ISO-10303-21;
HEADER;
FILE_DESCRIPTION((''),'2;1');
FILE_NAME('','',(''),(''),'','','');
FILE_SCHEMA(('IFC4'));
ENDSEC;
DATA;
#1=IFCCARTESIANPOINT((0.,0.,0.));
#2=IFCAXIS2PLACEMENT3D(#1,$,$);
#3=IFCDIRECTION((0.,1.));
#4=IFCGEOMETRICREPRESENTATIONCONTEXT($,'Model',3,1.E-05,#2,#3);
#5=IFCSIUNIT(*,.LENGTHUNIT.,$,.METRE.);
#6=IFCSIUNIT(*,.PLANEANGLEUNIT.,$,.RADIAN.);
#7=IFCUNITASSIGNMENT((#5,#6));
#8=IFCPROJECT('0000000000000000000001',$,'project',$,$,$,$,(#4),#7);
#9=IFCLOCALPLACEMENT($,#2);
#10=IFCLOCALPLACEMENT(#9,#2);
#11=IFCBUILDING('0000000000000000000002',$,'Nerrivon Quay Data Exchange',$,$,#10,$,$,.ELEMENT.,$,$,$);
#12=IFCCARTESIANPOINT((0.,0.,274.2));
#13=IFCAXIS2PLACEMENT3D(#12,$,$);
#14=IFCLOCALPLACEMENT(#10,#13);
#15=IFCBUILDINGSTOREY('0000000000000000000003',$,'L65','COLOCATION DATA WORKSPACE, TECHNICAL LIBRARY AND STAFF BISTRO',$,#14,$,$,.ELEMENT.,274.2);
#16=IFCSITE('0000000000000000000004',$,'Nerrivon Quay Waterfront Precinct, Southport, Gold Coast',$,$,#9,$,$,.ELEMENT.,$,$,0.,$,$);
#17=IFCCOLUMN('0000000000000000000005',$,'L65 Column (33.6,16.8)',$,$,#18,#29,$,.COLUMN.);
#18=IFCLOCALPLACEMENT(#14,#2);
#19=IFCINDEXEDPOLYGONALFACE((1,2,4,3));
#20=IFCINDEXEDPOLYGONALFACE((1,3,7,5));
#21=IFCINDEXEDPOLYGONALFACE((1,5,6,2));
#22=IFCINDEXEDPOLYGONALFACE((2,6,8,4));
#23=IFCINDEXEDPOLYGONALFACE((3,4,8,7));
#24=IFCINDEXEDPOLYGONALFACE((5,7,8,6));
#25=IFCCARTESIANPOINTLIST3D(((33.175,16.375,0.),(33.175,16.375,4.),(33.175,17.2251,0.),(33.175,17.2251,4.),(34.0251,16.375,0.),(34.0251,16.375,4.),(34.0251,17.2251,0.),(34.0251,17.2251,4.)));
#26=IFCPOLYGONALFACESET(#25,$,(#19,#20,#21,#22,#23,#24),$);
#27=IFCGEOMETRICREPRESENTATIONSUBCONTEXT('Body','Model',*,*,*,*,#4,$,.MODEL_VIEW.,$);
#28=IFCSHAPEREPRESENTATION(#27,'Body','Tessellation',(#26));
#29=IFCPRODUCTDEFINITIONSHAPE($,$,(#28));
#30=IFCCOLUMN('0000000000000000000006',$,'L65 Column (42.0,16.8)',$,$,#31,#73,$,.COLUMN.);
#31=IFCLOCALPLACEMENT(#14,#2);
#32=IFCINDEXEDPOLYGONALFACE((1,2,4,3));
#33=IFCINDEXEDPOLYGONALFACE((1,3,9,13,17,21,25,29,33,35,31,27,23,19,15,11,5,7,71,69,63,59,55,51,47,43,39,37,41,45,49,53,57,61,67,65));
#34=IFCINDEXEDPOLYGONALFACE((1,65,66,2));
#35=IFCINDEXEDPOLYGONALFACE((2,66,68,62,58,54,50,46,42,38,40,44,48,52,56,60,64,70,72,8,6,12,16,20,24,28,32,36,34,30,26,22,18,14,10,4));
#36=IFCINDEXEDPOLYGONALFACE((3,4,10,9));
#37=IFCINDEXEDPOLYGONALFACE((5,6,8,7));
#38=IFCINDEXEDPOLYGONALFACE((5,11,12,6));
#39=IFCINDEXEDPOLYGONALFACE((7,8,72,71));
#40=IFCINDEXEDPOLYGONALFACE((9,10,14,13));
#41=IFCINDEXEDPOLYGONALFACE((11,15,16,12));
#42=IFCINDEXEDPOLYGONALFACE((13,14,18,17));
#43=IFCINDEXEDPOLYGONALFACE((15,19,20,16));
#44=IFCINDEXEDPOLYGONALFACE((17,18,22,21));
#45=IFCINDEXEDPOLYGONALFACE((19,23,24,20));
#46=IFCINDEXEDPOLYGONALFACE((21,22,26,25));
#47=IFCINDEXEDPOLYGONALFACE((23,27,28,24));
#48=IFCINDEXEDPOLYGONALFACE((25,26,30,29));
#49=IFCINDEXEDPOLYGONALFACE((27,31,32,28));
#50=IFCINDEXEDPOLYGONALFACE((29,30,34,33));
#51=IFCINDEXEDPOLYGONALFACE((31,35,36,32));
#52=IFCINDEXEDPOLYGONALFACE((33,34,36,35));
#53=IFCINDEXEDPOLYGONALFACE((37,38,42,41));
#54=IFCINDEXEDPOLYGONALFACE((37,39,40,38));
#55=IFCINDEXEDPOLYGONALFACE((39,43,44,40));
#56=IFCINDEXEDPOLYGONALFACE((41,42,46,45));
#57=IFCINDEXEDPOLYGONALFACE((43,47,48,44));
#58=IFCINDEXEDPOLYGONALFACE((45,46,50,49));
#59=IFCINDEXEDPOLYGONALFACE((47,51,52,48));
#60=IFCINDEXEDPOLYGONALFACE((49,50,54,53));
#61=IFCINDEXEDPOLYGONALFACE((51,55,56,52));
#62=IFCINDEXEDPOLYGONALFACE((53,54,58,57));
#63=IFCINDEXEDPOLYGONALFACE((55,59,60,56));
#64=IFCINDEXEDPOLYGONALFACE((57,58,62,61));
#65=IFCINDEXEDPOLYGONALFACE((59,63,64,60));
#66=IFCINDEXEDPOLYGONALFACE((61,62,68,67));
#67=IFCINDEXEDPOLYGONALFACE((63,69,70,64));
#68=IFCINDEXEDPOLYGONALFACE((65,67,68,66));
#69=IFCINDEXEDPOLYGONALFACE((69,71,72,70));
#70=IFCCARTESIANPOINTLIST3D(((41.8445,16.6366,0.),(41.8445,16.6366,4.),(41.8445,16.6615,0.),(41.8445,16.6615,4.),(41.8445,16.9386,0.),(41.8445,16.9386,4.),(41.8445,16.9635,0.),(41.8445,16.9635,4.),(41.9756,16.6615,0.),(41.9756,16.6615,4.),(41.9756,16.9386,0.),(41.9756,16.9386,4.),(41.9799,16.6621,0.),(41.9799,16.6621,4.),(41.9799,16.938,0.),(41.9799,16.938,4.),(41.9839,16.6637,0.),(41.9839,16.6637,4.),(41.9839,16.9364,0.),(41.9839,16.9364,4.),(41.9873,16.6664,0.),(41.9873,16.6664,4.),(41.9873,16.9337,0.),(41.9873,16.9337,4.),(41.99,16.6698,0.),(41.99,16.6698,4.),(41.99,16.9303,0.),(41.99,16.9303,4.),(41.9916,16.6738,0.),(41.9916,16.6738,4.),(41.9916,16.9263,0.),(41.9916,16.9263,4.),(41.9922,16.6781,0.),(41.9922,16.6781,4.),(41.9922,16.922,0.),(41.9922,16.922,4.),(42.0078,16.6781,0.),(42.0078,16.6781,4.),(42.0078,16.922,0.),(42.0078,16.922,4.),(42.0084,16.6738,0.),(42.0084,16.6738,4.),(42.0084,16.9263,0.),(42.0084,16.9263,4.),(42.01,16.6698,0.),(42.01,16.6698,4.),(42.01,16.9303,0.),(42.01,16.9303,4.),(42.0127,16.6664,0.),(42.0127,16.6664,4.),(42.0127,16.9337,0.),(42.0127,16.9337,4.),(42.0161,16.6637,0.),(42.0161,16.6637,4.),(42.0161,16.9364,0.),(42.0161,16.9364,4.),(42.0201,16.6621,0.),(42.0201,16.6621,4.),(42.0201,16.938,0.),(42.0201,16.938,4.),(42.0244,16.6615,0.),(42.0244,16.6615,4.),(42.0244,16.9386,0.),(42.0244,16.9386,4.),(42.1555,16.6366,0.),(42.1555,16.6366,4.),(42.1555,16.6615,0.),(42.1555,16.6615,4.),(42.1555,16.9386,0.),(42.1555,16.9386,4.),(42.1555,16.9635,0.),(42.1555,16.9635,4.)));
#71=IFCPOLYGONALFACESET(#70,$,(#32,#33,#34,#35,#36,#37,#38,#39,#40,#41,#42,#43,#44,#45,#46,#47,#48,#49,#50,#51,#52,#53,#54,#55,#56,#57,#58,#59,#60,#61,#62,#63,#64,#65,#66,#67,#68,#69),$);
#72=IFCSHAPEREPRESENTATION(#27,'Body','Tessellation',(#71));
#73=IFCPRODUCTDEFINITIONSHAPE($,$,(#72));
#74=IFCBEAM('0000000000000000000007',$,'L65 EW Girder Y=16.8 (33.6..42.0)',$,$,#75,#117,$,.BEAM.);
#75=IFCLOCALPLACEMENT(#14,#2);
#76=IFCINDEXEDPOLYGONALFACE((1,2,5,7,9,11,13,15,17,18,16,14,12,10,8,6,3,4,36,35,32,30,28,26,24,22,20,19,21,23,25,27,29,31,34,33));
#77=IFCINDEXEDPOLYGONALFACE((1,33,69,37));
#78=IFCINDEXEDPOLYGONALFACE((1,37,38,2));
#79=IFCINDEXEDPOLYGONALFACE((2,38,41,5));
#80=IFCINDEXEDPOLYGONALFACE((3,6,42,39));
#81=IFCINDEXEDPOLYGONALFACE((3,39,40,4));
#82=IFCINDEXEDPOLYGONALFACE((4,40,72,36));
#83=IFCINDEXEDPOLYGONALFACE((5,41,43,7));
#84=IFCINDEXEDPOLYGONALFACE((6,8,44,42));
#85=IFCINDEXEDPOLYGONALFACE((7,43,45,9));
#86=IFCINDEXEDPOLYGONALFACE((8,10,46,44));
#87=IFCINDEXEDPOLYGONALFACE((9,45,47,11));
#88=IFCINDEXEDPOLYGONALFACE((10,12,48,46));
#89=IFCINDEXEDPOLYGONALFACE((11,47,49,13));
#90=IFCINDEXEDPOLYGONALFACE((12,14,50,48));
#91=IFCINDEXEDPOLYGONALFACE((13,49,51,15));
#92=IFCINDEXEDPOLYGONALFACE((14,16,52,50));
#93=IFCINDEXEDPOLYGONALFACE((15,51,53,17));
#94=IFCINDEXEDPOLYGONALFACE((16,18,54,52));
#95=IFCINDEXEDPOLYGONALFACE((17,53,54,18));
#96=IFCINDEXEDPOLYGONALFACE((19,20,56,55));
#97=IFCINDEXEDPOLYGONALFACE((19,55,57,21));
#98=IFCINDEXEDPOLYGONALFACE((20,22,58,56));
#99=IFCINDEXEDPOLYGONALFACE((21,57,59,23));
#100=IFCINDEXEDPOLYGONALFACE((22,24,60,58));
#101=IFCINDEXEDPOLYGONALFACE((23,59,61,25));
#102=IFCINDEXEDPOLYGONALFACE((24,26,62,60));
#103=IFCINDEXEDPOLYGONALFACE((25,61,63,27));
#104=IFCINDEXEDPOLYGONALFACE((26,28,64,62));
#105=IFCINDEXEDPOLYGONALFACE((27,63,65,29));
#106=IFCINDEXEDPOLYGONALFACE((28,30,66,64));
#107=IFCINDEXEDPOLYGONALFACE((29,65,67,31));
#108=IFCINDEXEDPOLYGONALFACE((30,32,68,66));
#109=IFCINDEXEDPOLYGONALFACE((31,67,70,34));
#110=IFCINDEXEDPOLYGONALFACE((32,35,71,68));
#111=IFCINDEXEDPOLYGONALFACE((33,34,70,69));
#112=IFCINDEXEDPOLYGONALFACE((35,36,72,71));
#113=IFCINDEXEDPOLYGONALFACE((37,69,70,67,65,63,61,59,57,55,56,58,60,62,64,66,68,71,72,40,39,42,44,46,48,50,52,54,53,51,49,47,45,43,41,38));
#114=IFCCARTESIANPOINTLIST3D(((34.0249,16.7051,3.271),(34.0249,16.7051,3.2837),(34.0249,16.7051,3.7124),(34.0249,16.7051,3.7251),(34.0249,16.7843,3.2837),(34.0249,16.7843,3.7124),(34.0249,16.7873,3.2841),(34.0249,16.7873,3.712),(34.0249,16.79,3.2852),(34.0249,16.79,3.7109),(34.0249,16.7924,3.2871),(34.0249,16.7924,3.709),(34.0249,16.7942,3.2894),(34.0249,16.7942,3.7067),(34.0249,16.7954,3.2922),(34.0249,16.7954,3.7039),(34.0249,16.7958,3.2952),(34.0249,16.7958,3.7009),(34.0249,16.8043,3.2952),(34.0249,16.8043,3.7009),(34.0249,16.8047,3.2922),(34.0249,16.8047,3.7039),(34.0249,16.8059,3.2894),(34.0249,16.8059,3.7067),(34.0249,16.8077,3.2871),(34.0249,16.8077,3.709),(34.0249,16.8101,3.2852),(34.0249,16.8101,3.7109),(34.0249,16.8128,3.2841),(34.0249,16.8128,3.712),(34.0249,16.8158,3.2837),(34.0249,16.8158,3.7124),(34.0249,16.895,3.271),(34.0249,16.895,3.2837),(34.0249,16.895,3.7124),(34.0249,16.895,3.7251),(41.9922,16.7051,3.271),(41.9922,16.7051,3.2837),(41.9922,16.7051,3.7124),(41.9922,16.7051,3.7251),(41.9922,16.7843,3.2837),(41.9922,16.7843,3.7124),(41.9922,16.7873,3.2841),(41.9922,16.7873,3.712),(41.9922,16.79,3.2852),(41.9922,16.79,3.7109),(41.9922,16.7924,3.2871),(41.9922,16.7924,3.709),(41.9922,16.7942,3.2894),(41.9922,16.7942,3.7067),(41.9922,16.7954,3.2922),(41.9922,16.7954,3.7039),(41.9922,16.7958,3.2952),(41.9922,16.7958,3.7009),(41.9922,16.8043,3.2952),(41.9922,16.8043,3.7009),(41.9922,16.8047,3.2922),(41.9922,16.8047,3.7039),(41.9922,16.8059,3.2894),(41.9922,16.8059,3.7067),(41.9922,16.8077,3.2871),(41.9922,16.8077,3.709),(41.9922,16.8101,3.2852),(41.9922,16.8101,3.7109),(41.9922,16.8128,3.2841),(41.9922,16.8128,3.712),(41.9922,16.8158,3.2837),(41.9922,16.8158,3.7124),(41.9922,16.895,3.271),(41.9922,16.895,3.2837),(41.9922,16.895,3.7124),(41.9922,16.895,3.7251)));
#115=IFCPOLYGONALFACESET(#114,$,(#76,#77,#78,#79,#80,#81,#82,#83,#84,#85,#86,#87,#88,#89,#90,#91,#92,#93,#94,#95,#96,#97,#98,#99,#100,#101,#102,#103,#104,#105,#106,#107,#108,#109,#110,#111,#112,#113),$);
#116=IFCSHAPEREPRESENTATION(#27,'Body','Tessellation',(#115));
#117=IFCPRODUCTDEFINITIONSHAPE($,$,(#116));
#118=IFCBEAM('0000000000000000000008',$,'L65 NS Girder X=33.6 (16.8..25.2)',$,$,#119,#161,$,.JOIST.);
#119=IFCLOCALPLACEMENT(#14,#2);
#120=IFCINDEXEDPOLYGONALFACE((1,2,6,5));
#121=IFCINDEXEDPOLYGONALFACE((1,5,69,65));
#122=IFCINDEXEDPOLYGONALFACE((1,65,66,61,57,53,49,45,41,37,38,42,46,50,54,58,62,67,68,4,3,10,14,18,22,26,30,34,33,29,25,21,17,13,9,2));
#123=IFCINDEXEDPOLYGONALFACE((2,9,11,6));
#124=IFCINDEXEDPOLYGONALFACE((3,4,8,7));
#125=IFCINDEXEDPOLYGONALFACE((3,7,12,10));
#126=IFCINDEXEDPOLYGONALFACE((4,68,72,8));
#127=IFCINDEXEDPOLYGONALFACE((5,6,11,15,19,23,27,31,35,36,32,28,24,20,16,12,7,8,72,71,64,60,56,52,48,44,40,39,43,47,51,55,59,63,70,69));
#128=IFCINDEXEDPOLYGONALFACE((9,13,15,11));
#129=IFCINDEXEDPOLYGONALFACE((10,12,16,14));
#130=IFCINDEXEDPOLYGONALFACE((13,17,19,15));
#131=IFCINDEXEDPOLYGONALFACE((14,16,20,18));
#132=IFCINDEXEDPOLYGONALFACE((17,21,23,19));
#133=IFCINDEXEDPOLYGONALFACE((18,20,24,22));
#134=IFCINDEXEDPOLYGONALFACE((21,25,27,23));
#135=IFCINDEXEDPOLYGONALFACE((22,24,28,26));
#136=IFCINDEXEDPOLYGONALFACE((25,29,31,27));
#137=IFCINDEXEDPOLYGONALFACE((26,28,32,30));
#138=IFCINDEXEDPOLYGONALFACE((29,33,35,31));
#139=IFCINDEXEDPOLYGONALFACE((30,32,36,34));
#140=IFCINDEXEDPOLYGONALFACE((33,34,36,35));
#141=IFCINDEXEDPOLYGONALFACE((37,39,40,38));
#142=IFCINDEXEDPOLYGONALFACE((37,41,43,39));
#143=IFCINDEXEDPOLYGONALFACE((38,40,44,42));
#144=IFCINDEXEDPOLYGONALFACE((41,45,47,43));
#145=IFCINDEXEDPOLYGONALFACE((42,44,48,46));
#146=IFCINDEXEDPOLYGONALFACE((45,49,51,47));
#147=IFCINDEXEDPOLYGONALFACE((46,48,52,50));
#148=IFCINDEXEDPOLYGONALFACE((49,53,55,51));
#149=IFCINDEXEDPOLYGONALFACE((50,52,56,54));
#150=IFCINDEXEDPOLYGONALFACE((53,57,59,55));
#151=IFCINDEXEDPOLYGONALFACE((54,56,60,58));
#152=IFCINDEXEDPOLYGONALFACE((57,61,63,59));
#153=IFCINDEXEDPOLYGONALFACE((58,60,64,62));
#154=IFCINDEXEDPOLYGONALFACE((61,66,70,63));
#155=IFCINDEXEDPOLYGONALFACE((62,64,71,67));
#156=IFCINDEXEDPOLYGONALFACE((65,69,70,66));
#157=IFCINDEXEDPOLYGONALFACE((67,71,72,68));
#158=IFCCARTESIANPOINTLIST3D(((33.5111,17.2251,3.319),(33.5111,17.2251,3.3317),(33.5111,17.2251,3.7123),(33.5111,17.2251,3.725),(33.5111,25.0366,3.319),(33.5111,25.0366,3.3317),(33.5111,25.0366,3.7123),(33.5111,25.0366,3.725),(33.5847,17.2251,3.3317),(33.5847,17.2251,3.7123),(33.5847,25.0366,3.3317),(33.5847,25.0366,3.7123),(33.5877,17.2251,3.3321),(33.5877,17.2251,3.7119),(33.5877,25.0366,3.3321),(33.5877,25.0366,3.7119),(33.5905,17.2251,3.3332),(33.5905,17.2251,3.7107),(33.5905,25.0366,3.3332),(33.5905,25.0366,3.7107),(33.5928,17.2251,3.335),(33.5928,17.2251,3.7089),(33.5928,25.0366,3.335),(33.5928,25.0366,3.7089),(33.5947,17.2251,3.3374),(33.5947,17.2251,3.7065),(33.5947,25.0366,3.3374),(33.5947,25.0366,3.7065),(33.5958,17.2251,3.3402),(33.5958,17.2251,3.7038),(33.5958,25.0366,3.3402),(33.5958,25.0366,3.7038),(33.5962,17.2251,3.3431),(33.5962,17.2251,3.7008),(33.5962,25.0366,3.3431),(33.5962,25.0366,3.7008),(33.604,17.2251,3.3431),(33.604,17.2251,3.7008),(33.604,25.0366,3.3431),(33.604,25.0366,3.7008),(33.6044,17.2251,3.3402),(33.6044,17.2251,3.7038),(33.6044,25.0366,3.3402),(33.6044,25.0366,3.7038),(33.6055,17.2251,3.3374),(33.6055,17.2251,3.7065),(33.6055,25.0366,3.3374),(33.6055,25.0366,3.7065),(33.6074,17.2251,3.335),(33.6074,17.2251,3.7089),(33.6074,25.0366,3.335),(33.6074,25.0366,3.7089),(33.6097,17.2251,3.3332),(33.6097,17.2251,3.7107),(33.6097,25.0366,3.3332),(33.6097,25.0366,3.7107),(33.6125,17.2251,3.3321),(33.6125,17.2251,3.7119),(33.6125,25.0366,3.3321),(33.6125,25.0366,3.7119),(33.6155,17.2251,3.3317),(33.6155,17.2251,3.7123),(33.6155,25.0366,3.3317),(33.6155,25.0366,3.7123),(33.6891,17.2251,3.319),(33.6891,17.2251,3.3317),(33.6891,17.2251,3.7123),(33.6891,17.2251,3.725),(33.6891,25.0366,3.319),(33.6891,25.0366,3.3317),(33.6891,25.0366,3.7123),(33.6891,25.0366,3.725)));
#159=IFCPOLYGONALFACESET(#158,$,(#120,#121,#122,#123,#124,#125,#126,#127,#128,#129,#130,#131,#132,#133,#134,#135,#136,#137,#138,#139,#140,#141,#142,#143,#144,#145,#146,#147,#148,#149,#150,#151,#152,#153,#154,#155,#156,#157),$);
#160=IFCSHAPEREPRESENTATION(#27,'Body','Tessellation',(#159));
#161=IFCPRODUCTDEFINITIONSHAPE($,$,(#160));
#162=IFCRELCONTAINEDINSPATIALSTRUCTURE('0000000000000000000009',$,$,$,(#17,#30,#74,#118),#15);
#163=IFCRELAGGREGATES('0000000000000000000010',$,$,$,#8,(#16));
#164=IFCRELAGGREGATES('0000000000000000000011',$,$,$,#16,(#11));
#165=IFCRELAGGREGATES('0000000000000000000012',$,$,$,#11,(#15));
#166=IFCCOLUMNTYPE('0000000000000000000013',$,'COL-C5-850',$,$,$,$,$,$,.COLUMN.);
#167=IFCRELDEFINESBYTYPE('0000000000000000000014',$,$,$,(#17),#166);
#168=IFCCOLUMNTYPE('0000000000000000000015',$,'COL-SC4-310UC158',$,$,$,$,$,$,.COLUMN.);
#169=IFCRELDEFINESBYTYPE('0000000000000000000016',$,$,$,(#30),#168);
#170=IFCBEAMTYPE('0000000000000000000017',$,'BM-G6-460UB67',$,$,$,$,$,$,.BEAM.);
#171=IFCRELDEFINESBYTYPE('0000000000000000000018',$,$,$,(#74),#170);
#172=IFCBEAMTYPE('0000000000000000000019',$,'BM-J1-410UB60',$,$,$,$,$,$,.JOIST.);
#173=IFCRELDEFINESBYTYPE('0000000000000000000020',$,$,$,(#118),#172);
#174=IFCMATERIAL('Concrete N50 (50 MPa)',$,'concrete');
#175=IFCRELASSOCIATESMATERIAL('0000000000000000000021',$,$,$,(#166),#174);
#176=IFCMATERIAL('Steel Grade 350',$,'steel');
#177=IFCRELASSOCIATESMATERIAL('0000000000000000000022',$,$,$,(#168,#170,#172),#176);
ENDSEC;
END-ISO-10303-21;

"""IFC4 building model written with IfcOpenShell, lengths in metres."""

from ifc_helpers import new_model, si_unit, direction, frame, origin, origin_2d, place, context, subcontext, project, spatial, rectangle, i_section, extrude, material, material_profile, profile_set, type_object, element, save


model = new_model("IFC4")

# Units and contexts
model_context = context("Model", 3, precision=1e-05, world=origin(), true_north=direction((0.0, 1.0)))
body_context = subcontext(model_context, "Body", "Model", "MODEL_VIEW")
ifc_project = project(units=[si_unit("LENGTHUNIT", "METRE"), si_unit("PLANEANGLEUNIT", "RADIAN")], contexts=[model_context])

# Site, building, storey
site_placement = place(None, origin())
site = spatial("IfcSite", under=ifc_project, at=site_placement, Name="Nerrivon Quay Waterfront Precinct, Southport, Gold Coast", CompositionType="ELEMENT", RefElevation=0.0)
building_placement = place(site_placement, origin())
building = spatial("IfcBuilding", under=site, at=building_placement, Name="Nerrivon Quay Data Exchange", CompositionType="ELEMENT")
storey_placement = place(building_placement, frame((0.0, 0.0, 274.2)))
storey = spatial("IfcBuildingStorey", under=building, at=storey_placement, Name="L65", Description="COLOCATION DATA WORKSPACE, TECHNICAL LIBRARY AND STAFF BISTRO", CompositionType="ELEMENT", Elevation=274.2)

# Columns
ifc_material_1 = material(Name="Concrete N50 (50 MPa)", Category="concrete")
ifc_material_profile_1 = material_profile(ifc_material_1, rectangle(XDim=0.8501, YDim=0.8501, at=origin_2d()), Name="RC-COL-850x850")
ifc_profile_set_1 = profile_set([ifc_material_profile_1], Name="Concrete N50 (50 MPa)")
column_type_1 = type_object("IfcColumnType", Name="COL-C5-850", PredefinedType="COLUMN", material=ifc_profile_set_1)
column_1_placement = place(storey_placement, frame((33.6001, 16.8, 0.0), z_axis=(0.0, 0.0, 1.0), x_axis=(1.0, 0.0, 0.0)))
element("IfcColumn", 1, at=column_1_placement, inside=storey, type_object=column_type_1, Name="L65 Column (33.6,16.8)", PredefinedType="COLUMN", context=body_context, shape_type="SweptSolid", body=[
    extrude(rectangle(XDim=0.8501, YDim=0.8501, at=origin_2d()), origin(), (0.0, 0.0, 1.0), 4.0),
])
ifc_material_2 = material(Name="Steel Grade 350", Category="steel")
ifc_material_profile_2 = material_profile(ifc_material_2, i_section(OverallWidth=0.311, OverallDepth=0.3269, WebThickness=0.0156, FlangeThickness=0.0249, FilletRadius=0.0166, at=origin_2d()), Name="310UC158")
ifc_profile_set_2 = profile_set([ifc_material_profile_2], Name="Steel Grade 350")
column_type_2 = type_object("IfcColumnType", Name="COL-SC4-310UC158", PredefinedType="COLUMN", material=ifc_profile_set_2)
column_2_placement = place(storey_placement, frame((42.0, 16.8, 0.0), z_axis=(0.0, 0.0, 1.0), x_axis=(1.0, 0.0, 0.0)))
element("IfcColumn", 2, at=column_2_placement, inside=storey, type_object=column_type_2, Name="L65 Column (42.0,16.8)", PredefinedType="COLUMN", context=body_context, shape_type="SweptSolid", body=[
    extrude(i_section(OverallWidth=0.311, OverallDepth=0.3269, WebThickness=0.0156, FlangeThickness=0.0249, FilletRadius=0.0166, at=origin_2d()), origin(), (0.0, 0.0, 1.0), 4.0),
])

# Beams
ifc_material_profile_3 = material_profile(ifc_material_2, i_section(OverallWidth=0.1899, OverallDepth=0.4541, WebThickness=0.0085, FlangeThickness=0.0127, FilletRadius=0.0115, at=origin_2d()), Name="460UB67.1")
ifc_profile_set_3 = profile_set([ifc_material_profile_3], Name="Steel Grade 350")
beam_type_1 = type_object("IfcBeamType", Name="BM-G6-460UB67", PredefinedType="BEAM", material=ifc_profile_set_3)
beam_1_placement = place(storey_placement, frame((34.0249, 16.8, 3.498), z_axis=(1.0, 0.0, 0.0), x_axis=(0.0, 1.0, 0.0)))
element("IfcBeam", 3, at=beam_1_placement, inside=storey, type_object=beam_type_1, Name="L65 EW Girder Y=16.8 (33.6..42.0)", PredefinedType="BEAM", context=body_context, shape_type="SweptSolid", body=[
    extrude(i_section(OverallWidth=0.1899, OverallDepth=0.4541, WebThickness=0.0085, FlangeThickness=0.0127, FilletRadius=0.0115, at=origin_2d()), origin(), (0.0, 0.0, 1.0), 7.9673),
])
ifc_material_profile_4 = material_profile(ifc_material_2, i_section(OverallWidth=0.178, OverallDepth=0.406, WebThickness=0.0078, FlangeThickness=0.0127, FilletRadius=0.0115, at=origin_2d()), Name="410UB59.7")
ifc_profile_set_4 = profile_set([ifc_material_profile_4], Name="Steel Grade 350")
beam_type_2 = type_object("IfcBeamType", Name="BM-J1-410UB60", PredefinedType="JOIST", material=ifc_profile_set_4)
beam_2_placement = place(storey_placement, frame((33.6001, 17.2251, 3.522), z_axis=(0.0, 1.0, 0.0), x_axis=(-1.0, 0.0, 0.0)))
element("IfcBeam", 4, at=beam_2_placement, inside=storey, type_object=beam_type_2, Name="L65 NS Girder X=33.6 (16.8..25.2)", PredefinedType="JOIST", context=body_context, shape_type="SweptSolid", body=[
    extrude(i_section(OverallWidth=0.178, OverallDepth=0.406, WebThickness=0.0078, FlangeThickness=0.0127, FilletRadius=0.0115, at=origin_2d()), origin(), (0.0, 0.0, 1.0), 7.8115),
])

save(model, "model.ifc")
